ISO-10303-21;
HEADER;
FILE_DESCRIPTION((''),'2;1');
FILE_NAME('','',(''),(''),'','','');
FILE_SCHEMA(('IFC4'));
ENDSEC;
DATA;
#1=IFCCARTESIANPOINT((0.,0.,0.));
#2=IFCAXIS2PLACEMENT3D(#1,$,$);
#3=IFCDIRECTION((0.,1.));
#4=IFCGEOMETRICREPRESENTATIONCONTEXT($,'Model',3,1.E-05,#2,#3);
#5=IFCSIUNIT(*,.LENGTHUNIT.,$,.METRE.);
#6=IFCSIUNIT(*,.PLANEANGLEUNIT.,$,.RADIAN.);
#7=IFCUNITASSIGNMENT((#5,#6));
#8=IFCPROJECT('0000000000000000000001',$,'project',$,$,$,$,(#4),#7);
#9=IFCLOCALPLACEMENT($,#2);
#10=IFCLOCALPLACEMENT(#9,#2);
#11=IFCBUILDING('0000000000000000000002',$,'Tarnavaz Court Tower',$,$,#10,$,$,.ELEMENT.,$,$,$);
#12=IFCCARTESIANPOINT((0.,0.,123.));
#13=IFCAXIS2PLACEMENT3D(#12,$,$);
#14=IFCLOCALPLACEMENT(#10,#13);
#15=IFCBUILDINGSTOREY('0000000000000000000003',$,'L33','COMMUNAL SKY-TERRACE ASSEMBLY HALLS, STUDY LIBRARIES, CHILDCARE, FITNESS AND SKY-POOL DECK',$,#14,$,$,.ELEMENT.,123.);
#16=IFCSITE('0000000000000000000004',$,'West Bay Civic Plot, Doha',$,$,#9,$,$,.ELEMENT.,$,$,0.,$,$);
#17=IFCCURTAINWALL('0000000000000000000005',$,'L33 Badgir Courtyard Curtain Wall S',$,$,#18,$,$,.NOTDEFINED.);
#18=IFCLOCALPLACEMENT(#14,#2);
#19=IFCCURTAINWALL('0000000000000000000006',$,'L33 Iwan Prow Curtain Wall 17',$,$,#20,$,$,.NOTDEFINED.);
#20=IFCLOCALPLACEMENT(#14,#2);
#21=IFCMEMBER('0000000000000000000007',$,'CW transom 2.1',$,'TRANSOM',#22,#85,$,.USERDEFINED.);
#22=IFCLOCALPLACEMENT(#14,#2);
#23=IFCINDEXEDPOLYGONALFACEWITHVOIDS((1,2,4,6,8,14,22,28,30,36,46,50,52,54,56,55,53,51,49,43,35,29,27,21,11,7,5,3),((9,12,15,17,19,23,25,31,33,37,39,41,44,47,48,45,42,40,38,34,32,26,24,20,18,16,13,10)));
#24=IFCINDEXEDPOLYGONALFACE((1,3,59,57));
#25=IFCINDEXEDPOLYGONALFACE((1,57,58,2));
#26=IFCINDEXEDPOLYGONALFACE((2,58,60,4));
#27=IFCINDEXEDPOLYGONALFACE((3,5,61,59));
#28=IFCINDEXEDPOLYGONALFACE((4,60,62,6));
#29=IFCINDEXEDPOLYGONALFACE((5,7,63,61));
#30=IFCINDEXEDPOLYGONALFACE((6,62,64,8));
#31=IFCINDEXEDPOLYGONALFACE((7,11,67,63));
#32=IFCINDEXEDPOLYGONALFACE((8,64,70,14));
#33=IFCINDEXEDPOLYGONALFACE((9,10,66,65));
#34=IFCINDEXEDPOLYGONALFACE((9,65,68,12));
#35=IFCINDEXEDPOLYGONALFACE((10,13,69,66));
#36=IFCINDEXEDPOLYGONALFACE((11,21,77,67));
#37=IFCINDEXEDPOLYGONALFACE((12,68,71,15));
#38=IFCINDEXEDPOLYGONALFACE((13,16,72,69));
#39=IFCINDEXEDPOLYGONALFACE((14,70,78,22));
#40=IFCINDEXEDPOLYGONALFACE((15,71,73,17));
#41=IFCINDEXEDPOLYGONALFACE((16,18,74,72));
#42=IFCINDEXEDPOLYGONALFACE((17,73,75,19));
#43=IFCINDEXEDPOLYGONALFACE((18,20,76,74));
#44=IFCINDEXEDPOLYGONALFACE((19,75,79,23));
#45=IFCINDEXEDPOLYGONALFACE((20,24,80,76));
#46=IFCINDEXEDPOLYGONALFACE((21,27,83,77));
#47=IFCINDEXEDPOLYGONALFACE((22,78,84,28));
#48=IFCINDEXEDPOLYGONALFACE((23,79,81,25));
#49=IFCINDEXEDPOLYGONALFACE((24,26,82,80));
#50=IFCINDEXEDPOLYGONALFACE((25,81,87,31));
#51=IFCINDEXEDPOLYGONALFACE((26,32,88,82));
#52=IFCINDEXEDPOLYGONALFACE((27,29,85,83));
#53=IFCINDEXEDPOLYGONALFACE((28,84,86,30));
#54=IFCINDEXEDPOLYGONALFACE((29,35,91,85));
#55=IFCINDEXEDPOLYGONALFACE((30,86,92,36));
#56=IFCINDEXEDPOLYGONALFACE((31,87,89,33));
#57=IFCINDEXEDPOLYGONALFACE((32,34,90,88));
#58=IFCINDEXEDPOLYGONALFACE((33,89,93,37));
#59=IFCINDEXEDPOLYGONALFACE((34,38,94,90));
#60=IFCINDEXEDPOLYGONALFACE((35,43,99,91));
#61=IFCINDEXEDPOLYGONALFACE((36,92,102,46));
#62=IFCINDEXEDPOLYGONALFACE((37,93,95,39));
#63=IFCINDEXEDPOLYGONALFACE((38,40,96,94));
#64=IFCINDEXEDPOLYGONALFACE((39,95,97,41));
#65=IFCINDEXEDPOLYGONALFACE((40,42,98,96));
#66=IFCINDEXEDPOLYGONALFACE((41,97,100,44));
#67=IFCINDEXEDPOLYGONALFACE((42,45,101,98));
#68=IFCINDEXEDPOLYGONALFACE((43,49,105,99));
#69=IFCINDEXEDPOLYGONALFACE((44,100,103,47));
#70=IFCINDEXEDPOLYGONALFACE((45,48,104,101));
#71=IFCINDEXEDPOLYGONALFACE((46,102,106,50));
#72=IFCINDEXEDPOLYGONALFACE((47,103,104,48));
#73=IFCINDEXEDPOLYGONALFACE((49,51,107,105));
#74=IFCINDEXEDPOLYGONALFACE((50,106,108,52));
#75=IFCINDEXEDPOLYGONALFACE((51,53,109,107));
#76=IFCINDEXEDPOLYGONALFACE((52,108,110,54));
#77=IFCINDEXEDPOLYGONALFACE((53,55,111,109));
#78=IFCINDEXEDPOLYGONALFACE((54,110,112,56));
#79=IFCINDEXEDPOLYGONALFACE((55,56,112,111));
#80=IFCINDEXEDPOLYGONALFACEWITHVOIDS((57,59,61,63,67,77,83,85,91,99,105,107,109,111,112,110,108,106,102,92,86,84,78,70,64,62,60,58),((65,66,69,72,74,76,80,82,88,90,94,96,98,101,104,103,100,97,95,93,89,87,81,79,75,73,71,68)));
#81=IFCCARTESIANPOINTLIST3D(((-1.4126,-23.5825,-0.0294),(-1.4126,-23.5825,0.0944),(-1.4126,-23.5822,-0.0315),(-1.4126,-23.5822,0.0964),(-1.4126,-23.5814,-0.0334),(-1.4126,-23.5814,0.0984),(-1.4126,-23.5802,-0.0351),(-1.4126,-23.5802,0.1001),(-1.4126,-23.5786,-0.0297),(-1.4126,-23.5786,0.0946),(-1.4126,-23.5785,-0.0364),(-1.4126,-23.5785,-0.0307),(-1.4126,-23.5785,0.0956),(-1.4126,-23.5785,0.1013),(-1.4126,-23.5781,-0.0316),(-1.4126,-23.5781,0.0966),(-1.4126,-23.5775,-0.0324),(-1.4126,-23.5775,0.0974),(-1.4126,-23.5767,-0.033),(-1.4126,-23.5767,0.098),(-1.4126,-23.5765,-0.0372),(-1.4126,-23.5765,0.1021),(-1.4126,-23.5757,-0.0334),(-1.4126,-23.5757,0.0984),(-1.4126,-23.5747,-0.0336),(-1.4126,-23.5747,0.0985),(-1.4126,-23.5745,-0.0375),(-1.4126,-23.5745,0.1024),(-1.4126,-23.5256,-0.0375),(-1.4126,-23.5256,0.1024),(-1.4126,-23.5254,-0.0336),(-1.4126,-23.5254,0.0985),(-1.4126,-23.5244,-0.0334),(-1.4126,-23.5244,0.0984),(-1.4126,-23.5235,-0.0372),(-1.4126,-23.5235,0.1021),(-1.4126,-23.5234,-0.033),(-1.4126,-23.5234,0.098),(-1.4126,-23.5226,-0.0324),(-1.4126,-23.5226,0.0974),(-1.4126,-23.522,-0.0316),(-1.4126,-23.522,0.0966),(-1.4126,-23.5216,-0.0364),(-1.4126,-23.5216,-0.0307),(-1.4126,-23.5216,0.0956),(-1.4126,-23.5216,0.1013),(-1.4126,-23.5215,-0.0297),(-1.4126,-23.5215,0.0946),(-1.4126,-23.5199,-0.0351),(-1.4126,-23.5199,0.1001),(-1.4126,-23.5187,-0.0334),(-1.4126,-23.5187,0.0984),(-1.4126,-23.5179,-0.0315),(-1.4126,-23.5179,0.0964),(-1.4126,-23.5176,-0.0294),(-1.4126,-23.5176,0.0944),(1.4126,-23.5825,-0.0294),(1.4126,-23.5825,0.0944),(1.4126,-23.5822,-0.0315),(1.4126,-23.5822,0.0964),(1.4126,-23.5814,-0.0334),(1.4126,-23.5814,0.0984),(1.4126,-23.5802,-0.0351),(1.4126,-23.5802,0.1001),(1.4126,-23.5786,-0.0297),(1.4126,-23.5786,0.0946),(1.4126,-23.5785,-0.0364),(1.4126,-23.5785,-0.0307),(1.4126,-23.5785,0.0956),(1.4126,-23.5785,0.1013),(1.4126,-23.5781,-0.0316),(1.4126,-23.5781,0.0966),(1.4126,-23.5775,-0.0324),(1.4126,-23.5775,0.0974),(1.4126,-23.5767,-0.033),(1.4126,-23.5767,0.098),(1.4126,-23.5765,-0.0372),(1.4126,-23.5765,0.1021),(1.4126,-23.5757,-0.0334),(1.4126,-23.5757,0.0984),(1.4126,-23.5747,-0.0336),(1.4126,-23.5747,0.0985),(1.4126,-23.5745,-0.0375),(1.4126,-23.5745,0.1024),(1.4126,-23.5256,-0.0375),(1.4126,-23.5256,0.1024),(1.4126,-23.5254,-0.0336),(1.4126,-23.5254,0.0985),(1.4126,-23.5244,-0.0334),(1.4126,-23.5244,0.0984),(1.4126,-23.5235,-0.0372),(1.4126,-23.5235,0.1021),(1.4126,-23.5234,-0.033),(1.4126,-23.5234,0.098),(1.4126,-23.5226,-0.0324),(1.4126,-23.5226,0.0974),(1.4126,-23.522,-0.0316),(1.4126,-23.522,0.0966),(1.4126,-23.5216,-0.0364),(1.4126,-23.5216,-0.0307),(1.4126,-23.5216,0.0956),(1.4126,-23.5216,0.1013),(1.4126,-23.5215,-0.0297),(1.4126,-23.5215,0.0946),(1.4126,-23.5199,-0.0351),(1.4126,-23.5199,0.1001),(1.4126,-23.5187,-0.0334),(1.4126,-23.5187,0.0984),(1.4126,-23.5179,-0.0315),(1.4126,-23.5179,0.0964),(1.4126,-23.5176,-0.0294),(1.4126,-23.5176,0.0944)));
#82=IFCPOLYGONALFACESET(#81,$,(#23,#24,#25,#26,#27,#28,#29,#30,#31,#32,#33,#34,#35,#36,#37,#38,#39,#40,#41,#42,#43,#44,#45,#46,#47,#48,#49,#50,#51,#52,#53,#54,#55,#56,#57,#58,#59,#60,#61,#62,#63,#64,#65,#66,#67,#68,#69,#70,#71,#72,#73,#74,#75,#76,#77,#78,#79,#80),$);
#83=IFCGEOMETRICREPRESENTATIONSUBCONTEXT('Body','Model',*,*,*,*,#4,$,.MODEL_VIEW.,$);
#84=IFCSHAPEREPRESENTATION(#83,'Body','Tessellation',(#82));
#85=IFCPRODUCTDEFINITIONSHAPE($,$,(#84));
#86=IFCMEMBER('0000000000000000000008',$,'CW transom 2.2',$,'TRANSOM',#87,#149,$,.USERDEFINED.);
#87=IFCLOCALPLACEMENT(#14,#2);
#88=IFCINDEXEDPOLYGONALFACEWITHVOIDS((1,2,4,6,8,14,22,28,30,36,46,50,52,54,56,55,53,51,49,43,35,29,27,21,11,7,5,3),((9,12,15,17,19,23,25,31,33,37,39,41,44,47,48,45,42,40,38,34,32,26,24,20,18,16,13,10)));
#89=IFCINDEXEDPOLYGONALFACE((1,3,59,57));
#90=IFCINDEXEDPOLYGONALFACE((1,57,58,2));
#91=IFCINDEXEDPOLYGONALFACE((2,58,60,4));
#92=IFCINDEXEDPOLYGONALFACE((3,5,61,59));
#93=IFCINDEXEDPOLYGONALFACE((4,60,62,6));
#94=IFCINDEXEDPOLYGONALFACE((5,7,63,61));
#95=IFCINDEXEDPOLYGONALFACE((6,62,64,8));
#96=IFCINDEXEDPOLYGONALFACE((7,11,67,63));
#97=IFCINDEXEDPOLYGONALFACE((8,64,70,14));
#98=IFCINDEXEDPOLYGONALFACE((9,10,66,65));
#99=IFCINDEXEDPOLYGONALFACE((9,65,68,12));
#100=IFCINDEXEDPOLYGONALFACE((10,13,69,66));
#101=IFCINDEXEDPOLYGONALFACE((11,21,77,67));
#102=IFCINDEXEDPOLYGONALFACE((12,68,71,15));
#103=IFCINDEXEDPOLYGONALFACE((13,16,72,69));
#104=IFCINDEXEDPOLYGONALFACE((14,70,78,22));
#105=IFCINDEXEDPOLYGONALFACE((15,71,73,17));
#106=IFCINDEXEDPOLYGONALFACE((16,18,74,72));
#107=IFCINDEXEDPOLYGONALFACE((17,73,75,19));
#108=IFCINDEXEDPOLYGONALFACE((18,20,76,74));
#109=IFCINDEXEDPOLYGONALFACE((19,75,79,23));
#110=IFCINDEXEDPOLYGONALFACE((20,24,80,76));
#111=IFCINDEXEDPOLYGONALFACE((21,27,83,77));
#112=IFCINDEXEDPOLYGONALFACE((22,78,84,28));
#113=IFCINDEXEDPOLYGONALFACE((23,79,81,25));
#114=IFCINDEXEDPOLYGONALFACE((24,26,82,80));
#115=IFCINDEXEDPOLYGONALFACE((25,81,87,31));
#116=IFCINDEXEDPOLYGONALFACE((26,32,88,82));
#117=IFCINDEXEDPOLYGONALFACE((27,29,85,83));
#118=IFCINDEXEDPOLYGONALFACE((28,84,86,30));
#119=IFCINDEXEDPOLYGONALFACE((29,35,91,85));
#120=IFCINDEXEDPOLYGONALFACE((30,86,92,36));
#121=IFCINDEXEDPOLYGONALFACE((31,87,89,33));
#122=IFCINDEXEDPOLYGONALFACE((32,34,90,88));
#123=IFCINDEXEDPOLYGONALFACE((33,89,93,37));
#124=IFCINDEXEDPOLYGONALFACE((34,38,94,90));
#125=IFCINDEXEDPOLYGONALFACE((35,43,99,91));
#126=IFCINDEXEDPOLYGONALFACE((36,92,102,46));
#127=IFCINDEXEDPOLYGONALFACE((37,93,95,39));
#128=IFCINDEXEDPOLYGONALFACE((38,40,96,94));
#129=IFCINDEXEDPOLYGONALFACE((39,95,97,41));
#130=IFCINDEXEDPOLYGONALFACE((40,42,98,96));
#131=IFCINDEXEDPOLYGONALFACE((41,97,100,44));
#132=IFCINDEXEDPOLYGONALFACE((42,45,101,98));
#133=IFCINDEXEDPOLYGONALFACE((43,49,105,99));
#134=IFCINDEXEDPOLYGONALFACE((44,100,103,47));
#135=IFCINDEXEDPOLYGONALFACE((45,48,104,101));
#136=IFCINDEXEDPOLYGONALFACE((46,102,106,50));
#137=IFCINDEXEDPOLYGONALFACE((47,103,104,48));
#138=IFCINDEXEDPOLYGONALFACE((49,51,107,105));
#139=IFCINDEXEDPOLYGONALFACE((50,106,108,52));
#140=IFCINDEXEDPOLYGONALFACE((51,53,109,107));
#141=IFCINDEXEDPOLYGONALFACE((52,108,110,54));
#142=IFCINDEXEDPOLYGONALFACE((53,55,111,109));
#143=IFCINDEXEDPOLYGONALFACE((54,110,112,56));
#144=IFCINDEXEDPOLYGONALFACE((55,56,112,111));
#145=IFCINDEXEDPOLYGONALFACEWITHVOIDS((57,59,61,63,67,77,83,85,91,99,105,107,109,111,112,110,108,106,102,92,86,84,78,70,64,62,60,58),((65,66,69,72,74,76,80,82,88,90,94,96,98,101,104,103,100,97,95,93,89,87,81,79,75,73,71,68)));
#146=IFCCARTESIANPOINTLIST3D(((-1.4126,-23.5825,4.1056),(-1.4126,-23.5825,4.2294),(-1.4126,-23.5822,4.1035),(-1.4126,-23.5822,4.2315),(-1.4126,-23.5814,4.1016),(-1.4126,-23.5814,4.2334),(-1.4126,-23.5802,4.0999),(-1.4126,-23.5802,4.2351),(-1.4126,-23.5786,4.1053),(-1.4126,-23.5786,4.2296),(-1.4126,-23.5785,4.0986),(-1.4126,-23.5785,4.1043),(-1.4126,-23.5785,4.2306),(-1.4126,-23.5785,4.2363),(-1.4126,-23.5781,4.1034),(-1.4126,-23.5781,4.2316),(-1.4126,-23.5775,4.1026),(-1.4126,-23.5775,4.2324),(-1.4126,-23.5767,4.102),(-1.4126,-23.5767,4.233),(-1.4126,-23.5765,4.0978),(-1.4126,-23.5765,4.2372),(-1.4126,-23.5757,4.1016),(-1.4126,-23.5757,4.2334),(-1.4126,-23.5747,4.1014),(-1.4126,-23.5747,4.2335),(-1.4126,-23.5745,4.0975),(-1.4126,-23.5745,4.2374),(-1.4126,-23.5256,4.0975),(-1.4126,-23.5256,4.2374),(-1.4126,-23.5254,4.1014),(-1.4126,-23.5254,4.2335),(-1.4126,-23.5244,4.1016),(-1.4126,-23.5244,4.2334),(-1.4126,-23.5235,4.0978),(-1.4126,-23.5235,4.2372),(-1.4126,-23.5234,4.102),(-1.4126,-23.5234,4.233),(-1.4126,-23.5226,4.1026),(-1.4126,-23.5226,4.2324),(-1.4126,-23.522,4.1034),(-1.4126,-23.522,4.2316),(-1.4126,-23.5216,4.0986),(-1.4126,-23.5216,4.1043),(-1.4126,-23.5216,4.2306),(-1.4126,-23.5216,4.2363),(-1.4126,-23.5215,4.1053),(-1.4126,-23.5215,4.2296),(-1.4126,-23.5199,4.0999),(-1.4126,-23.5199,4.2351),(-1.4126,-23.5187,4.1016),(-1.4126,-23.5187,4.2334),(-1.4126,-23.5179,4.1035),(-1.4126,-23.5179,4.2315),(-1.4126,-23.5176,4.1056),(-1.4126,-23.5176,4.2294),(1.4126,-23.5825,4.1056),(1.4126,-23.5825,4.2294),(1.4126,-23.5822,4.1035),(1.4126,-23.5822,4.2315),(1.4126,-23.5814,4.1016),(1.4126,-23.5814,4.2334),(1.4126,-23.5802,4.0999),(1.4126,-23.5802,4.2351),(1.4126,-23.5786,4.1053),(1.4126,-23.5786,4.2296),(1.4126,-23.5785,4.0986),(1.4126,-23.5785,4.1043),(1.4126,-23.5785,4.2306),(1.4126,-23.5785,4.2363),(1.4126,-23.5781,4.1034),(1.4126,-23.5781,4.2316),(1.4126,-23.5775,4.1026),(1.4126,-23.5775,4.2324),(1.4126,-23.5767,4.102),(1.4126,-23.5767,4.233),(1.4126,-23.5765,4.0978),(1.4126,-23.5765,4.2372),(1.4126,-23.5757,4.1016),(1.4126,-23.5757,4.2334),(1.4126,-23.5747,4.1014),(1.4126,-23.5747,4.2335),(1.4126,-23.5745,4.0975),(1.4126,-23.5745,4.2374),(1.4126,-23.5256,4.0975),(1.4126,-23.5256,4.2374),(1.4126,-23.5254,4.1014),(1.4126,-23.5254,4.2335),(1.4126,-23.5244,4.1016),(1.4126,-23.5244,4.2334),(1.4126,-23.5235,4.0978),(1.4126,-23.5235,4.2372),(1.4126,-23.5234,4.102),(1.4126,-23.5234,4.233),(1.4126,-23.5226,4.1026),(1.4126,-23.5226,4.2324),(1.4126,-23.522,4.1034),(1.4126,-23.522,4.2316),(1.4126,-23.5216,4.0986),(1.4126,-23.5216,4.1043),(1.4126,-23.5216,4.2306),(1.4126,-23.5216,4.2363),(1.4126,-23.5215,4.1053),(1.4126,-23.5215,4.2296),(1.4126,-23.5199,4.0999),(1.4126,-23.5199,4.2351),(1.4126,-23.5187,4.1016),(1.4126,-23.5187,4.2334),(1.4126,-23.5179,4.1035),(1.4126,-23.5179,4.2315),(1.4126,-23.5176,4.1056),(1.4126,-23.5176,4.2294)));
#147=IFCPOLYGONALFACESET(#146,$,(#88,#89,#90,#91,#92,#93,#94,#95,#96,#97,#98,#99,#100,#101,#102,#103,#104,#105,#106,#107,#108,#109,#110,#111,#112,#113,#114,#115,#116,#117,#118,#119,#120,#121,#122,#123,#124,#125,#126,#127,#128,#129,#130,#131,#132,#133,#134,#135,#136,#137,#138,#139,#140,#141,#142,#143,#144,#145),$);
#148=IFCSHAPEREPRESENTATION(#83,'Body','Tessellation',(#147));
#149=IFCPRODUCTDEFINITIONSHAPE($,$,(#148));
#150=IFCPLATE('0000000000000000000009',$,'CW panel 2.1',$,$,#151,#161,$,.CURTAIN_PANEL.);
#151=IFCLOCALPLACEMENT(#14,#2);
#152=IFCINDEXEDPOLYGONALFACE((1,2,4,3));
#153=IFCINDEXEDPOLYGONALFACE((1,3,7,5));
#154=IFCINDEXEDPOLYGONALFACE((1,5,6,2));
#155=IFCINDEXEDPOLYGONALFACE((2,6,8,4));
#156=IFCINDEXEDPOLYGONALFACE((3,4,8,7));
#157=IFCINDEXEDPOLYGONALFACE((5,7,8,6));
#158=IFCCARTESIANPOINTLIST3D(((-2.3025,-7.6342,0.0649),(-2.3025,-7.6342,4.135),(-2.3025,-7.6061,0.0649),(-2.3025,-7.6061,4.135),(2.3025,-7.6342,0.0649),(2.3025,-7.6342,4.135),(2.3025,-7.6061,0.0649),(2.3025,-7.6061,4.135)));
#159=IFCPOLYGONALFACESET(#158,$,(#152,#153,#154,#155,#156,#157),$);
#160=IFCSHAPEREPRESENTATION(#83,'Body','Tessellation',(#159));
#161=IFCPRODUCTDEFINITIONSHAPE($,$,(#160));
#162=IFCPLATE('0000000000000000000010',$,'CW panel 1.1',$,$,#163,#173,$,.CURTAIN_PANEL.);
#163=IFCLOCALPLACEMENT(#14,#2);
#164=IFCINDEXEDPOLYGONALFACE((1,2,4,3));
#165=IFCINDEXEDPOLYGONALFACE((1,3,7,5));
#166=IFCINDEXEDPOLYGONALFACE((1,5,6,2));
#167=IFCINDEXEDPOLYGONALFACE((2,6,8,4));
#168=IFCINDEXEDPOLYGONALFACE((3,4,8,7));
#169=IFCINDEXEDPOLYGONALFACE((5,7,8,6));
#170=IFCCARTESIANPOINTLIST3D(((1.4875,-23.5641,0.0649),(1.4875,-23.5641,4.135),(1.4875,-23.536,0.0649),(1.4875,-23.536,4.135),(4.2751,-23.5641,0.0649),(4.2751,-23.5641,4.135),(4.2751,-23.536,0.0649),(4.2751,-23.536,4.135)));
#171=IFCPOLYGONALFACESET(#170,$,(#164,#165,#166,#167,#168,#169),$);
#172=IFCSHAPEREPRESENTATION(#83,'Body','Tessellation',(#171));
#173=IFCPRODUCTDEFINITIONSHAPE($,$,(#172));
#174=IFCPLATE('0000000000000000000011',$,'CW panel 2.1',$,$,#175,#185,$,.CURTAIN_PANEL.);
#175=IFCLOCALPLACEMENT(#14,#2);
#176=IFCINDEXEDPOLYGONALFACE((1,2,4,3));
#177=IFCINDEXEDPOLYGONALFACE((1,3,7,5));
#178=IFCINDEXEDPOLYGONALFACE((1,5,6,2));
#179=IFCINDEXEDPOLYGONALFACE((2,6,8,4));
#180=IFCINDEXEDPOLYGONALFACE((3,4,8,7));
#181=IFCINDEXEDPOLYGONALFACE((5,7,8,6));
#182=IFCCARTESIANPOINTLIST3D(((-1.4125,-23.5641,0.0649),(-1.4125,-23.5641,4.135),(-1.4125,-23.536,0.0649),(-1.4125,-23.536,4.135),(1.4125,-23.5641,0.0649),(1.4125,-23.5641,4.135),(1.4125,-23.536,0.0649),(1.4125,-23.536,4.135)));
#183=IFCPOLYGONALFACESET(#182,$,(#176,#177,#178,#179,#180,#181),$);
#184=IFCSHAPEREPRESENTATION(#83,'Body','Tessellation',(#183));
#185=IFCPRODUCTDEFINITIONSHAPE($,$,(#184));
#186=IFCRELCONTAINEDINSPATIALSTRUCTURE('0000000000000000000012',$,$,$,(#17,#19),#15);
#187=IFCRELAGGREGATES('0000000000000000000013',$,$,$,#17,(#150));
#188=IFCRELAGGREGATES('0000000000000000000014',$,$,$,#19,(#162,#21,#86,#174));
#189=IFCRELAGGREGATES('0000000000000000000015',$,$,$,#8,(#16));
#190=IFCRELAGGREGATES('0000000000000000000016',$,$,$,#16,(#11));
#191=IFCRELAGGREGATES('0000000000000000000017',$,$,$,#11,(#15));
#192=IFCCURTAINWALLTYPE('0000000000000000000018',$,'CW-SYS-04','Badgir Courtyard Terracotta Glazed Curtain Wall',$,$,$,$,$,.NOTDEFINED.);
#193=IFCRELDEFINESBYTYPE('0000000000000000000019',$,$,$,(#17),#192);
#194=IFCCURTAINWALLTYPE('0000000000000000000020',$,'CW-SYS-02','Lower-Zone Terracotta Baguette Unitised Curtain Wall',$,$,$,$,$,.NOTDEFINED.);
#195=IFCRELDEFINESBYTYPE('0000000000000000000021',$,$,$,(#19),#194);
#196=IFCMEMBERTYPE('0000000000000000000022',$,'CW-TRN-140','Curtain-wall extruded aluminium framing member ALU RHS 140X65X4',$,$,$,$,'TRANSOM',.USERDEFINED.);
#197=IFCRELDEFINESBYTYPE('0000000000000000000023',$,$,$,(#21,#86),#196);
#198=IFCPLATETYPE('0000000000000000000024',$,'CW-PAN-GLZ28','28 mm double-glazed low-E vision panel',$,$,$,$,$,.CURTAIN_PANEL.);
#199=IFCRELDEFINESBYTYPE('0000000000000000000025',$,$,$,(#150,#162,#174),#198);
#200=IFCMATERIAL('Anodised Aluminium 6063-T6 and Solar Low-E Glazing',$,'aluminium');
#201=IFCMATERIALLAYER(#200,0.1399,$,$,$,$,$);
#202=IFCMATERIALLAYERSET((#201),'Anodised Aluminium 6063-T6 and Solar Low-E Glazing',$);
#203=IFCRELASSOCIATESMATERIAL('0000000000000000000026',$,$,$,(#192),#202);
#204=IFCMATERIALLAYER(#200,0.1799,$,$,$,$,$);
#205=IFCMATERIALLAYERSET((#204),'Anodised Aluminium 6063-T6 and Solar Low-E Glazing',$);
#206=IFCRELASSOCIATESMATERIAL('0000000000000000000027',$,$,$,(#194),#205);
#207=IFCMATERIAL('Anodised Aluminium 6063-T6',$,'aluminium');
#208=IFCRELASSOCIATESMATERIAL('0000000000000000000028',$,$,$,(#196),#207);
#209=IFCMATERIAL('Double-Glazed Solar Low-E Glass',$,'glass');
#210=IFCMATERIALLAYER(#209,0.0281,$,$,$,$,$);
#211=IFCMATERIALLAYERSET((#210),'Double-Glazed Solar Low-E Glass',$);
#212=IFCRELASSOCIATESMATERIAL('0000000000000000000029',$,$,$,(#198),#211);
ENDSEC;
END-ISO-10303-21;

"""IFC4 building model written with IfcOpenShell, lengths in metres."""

from ifc_helpers import new_model, si_unit, direction, frame, origin, origin_2d, place, context, subcontext, project, spatial, rectangle, hollow_rectangle, extrude, material, layer, layer_set, material_profile, profile_set, type_object, element, aggregate, save


model = new_model("IFC4")

# Units and contexts
model_context = context("Model", 3, precision=1e-05, world=origin(), true_north=direction((0.0, 1.0)))
body_context = subcontext(model_context, "Body", "Model", "MODEL_VIEW")
ifc_project = project(units=[si_unit("LENGTHUNIT", "METRE"), si_unit("PLANEANGLEUNIT", "RADIAN")], contexts=[model_context])

# Site, building, storey
site_placement = place(None, origin())
site = spatial("IfcSite", under=ifc_project, at=site_placement, Name="West Bay Civic Plot, Doha", CompositionType="ELEMENT", RefElevation=0.0)
building_placement = place(site_placement, origin())
building = spatial("IfcBuilding", under=site, at=building_placement, Name="Tarnavaz Court Tower", CompositionType="ELEMENT")
storey_placement = place(building_placement, frame((0.0, 0.0, 123.0)))
storey = spatial("IfcBuildingStorey", under=building, at=storey_placement, Name="L33", Description="COMMUNAL SKY-TERRACE ASSEMBLY HALLS, STUDY LIBRARIES, CHILDCARE, FITNESS AND SKY-POOL DECK", CompositionType="ELEMENT", Elevation=123.0)

# Curtain wall
ifc_material_1 = material(Name="Anodised Aluminium 6063-T6 and Solar Low-E Glazing", Category="aluminium")
ifc_layer_1 = layer(ifc_material_1, 0.1399)
ifc_layer_set_1 = layer_set([ifc_layer_1], Name="Anodised Aluminium 6063-T6 and Solar Low-E Glazing")
curtain_wall_type_1 = type_object("IfcCurtainWallType", Name="CW-SYS-04", Description="Badgir Courtyard Terracotta Glazed Curtain Wall", PredefinedType="NOTDEFINED", material=ifc_layer_set_1)
curtain_wall_1_placement = place(storey_placement, origin())
curtain_wall_1 = element("IfcCurtainWall", 1, at=curtain_wall_1_placement, inside=storey, type_object=curtain_wall_type_1, Name="L33 Badgir Courtyard Curtain Wall S", PredefinedType="NOTDEFINED")
ifc_material_2 = material(Name="Anodised Aluminium 6063-T6", Category="aluminium")

# Curtain wall
ifc_layer_2 = layer(ifc_material_1, 0.1799)
ifc_layer_set_2 = layer_set([ifc_layer_2], Name="Anodised Aluminium 6063-T6 and Solar Low-E Glazing")
curtain_wall_type_2 = type_object("IfcCurtainWallType", Name="CW-SYS-02", Description="Lower-Zone Terracotta Baguette Unitised Curtain Wall", PredefinedType="NOTDEFINED", material=ifc_layer_set_2)
curtain_wall_2_placement = place(storey_placement, origin())
curtain_wall_2 = element("IfcCurtainWall", 2, at=curtain_wall_2_placement, inside=storey, type_object=curtain_wall_type_2, Name="L33 Iwan Prow Curtain Wall 17", PredefinedType="NOTDEFINED")

# Members
ifc_material_profile_1 = material_profile(ifc_material_2, hollow_rectangle(XDim=0.0649, YDim=0.1399, WallThickness=0.0039, InnerFilletRadius=0.0039, OuterFilletRadius=0.0081, at=origin_2d()), Name="ALU RHS 140X65X4")
ifc_profile_set_1 = profile_set([ifc_material_profile_1], Name="Anodised Aluminium 6063-T6")
member_type_1 = type_object("IfcMemberType", Name="CW-TRN-140", Description="Curtain-wall extruded aluminium framing member ALU RHS 140X65X4", ElementType="TRANSOM", PredefinedType="USERDEFINED", material=ifc_profile_set_1)
member_1_placement = place(storey_placement, frame((1.4126, -23.55, 0.0325), z_axis=(-1.0, 0.0, 0.0), x_axis=(0.0, -1.0, 0.0)))
member_1 = element("IfcMember", 3, at=member_1_placement, type_object=member_type_1, Name="CW transom 2.1", ObjectType="TRANSOM", PredefinedType="USERDEFINED", context=body_context, shape_type="SweptSolid", body=[
    extrude(hollow_rectangle(XDim=0.0649, YDim=0.1399, WallThickness=0.0039, InnerFilletRadius=0.0039, OuterFilletRadius=0.0081, at=origin_2d()), origin(), (0.0, 0.0, 1.0), 2.8252),
])
member_2_placement = place(storey_placement, frame((1.4126, -23.55, 4.1675), z_axis=(-1.0, 0.0, 0.0), x_axis=(0.0, -1.0, 0.0)))
member_2 = element("IfcMember", 4, at=member_2_placement, type_object=member_type_1, Name="CW transom 2.2", ObjectType="TRANSOM", PredefinedType="USERDEFINED", context=body_context, shape_type="SweptSolid", body=[
    extrude(hollow_rectangle(XDim=0.0649, YDim=0.1399, WallThickness=0.0039, InnerFilletRadius=0.0039, OuterFilletRadius=0.0081, at=origin_2d()), origin(), (0.0, 0.0, 1.0), 2.8252),
])

# Plates
ifc_material_3 = material(Name="Double-Glazed Solar Low-E Glass", Category="glass")
ifc_layer_3 = layer(ifc_material_3, 0.0281)
ifc_layer_set_3 = layer_set([ifc_layer_3], Name="Double-Glazed Solar Low-E Glass")
plate_type = type_object("IfcPlateType", Name="CW-PAN-GLZ28", Description="28 mm double-glazed low-E vision panel", PredefinedType="CURTAIN_PANEL", material=ifc_layer_set_3)
plate_1_placement = place(storey_placement, frame((0.0, -7.6201, 0.0649), z_axis=(0.0, 0.0, 1.0), x_axis=(1.0, 0.0, 0.0)))
plate_1 = element("IfcPlate", 5, at=plate_1_placement, type_object=plate_type, Name="CW panel 2.1", PredefinedType="CURTAIN_PANEL", context=body_context, shape_type="SweptSolid", body=[
    extrude(rectangle(XDim=4.605, YDim=0.0281, at=origin_2d()), origin(), (0.0, 0.0, 1.0), 4.0701),
])
aggregate(curtain_wall_1, [plate_1])
plate_2_placement = place(storey_placement, frame((2.8813, -23.55, 0.0649), z_axis=(0.0, 0.0, 1.0), x_axis=(-1.0, 0.0, 0.0)))
plate_2 = element("IfcPlate", 6, at=plate_2_placement, type_object=plate_type, Name="CW panel 1.1", PredefinedType="CURTAIN_PANEL", context=body_context, shape_type="SweptSolid", body=[
    extrude(rectangle(XDim=2.7876, YDim=0.0281, at=origin_2d()), origin(), (0.0, 0.0, 1.0), 4.0701),
])
plate_3_placement = place(storey_placement, frame((0.0, -23.55, 0.0649), z_axis=(0.0, 0.0, 1.0), x_axis=(-1.0, 0.0, 0.0)))
plate_3 = element("IfcPlate", 7, at=plate_3_placement, type_object=plate_type, Name="CW panel 2.1", PredefinedType="CURTAIN_PANEL", context=body_context, shape_type="SweptSolid", body=[
    extrude(rectangle(XDim=2.825, YDim=0.0281, at=origin_2d()), origin(), (0.0, 0.0, 1.0), 4.0701),
])
aggregate(curtain_wall_2, [plate_2, member_1, member_2, plate_3])

save(model, "model.ifc")
